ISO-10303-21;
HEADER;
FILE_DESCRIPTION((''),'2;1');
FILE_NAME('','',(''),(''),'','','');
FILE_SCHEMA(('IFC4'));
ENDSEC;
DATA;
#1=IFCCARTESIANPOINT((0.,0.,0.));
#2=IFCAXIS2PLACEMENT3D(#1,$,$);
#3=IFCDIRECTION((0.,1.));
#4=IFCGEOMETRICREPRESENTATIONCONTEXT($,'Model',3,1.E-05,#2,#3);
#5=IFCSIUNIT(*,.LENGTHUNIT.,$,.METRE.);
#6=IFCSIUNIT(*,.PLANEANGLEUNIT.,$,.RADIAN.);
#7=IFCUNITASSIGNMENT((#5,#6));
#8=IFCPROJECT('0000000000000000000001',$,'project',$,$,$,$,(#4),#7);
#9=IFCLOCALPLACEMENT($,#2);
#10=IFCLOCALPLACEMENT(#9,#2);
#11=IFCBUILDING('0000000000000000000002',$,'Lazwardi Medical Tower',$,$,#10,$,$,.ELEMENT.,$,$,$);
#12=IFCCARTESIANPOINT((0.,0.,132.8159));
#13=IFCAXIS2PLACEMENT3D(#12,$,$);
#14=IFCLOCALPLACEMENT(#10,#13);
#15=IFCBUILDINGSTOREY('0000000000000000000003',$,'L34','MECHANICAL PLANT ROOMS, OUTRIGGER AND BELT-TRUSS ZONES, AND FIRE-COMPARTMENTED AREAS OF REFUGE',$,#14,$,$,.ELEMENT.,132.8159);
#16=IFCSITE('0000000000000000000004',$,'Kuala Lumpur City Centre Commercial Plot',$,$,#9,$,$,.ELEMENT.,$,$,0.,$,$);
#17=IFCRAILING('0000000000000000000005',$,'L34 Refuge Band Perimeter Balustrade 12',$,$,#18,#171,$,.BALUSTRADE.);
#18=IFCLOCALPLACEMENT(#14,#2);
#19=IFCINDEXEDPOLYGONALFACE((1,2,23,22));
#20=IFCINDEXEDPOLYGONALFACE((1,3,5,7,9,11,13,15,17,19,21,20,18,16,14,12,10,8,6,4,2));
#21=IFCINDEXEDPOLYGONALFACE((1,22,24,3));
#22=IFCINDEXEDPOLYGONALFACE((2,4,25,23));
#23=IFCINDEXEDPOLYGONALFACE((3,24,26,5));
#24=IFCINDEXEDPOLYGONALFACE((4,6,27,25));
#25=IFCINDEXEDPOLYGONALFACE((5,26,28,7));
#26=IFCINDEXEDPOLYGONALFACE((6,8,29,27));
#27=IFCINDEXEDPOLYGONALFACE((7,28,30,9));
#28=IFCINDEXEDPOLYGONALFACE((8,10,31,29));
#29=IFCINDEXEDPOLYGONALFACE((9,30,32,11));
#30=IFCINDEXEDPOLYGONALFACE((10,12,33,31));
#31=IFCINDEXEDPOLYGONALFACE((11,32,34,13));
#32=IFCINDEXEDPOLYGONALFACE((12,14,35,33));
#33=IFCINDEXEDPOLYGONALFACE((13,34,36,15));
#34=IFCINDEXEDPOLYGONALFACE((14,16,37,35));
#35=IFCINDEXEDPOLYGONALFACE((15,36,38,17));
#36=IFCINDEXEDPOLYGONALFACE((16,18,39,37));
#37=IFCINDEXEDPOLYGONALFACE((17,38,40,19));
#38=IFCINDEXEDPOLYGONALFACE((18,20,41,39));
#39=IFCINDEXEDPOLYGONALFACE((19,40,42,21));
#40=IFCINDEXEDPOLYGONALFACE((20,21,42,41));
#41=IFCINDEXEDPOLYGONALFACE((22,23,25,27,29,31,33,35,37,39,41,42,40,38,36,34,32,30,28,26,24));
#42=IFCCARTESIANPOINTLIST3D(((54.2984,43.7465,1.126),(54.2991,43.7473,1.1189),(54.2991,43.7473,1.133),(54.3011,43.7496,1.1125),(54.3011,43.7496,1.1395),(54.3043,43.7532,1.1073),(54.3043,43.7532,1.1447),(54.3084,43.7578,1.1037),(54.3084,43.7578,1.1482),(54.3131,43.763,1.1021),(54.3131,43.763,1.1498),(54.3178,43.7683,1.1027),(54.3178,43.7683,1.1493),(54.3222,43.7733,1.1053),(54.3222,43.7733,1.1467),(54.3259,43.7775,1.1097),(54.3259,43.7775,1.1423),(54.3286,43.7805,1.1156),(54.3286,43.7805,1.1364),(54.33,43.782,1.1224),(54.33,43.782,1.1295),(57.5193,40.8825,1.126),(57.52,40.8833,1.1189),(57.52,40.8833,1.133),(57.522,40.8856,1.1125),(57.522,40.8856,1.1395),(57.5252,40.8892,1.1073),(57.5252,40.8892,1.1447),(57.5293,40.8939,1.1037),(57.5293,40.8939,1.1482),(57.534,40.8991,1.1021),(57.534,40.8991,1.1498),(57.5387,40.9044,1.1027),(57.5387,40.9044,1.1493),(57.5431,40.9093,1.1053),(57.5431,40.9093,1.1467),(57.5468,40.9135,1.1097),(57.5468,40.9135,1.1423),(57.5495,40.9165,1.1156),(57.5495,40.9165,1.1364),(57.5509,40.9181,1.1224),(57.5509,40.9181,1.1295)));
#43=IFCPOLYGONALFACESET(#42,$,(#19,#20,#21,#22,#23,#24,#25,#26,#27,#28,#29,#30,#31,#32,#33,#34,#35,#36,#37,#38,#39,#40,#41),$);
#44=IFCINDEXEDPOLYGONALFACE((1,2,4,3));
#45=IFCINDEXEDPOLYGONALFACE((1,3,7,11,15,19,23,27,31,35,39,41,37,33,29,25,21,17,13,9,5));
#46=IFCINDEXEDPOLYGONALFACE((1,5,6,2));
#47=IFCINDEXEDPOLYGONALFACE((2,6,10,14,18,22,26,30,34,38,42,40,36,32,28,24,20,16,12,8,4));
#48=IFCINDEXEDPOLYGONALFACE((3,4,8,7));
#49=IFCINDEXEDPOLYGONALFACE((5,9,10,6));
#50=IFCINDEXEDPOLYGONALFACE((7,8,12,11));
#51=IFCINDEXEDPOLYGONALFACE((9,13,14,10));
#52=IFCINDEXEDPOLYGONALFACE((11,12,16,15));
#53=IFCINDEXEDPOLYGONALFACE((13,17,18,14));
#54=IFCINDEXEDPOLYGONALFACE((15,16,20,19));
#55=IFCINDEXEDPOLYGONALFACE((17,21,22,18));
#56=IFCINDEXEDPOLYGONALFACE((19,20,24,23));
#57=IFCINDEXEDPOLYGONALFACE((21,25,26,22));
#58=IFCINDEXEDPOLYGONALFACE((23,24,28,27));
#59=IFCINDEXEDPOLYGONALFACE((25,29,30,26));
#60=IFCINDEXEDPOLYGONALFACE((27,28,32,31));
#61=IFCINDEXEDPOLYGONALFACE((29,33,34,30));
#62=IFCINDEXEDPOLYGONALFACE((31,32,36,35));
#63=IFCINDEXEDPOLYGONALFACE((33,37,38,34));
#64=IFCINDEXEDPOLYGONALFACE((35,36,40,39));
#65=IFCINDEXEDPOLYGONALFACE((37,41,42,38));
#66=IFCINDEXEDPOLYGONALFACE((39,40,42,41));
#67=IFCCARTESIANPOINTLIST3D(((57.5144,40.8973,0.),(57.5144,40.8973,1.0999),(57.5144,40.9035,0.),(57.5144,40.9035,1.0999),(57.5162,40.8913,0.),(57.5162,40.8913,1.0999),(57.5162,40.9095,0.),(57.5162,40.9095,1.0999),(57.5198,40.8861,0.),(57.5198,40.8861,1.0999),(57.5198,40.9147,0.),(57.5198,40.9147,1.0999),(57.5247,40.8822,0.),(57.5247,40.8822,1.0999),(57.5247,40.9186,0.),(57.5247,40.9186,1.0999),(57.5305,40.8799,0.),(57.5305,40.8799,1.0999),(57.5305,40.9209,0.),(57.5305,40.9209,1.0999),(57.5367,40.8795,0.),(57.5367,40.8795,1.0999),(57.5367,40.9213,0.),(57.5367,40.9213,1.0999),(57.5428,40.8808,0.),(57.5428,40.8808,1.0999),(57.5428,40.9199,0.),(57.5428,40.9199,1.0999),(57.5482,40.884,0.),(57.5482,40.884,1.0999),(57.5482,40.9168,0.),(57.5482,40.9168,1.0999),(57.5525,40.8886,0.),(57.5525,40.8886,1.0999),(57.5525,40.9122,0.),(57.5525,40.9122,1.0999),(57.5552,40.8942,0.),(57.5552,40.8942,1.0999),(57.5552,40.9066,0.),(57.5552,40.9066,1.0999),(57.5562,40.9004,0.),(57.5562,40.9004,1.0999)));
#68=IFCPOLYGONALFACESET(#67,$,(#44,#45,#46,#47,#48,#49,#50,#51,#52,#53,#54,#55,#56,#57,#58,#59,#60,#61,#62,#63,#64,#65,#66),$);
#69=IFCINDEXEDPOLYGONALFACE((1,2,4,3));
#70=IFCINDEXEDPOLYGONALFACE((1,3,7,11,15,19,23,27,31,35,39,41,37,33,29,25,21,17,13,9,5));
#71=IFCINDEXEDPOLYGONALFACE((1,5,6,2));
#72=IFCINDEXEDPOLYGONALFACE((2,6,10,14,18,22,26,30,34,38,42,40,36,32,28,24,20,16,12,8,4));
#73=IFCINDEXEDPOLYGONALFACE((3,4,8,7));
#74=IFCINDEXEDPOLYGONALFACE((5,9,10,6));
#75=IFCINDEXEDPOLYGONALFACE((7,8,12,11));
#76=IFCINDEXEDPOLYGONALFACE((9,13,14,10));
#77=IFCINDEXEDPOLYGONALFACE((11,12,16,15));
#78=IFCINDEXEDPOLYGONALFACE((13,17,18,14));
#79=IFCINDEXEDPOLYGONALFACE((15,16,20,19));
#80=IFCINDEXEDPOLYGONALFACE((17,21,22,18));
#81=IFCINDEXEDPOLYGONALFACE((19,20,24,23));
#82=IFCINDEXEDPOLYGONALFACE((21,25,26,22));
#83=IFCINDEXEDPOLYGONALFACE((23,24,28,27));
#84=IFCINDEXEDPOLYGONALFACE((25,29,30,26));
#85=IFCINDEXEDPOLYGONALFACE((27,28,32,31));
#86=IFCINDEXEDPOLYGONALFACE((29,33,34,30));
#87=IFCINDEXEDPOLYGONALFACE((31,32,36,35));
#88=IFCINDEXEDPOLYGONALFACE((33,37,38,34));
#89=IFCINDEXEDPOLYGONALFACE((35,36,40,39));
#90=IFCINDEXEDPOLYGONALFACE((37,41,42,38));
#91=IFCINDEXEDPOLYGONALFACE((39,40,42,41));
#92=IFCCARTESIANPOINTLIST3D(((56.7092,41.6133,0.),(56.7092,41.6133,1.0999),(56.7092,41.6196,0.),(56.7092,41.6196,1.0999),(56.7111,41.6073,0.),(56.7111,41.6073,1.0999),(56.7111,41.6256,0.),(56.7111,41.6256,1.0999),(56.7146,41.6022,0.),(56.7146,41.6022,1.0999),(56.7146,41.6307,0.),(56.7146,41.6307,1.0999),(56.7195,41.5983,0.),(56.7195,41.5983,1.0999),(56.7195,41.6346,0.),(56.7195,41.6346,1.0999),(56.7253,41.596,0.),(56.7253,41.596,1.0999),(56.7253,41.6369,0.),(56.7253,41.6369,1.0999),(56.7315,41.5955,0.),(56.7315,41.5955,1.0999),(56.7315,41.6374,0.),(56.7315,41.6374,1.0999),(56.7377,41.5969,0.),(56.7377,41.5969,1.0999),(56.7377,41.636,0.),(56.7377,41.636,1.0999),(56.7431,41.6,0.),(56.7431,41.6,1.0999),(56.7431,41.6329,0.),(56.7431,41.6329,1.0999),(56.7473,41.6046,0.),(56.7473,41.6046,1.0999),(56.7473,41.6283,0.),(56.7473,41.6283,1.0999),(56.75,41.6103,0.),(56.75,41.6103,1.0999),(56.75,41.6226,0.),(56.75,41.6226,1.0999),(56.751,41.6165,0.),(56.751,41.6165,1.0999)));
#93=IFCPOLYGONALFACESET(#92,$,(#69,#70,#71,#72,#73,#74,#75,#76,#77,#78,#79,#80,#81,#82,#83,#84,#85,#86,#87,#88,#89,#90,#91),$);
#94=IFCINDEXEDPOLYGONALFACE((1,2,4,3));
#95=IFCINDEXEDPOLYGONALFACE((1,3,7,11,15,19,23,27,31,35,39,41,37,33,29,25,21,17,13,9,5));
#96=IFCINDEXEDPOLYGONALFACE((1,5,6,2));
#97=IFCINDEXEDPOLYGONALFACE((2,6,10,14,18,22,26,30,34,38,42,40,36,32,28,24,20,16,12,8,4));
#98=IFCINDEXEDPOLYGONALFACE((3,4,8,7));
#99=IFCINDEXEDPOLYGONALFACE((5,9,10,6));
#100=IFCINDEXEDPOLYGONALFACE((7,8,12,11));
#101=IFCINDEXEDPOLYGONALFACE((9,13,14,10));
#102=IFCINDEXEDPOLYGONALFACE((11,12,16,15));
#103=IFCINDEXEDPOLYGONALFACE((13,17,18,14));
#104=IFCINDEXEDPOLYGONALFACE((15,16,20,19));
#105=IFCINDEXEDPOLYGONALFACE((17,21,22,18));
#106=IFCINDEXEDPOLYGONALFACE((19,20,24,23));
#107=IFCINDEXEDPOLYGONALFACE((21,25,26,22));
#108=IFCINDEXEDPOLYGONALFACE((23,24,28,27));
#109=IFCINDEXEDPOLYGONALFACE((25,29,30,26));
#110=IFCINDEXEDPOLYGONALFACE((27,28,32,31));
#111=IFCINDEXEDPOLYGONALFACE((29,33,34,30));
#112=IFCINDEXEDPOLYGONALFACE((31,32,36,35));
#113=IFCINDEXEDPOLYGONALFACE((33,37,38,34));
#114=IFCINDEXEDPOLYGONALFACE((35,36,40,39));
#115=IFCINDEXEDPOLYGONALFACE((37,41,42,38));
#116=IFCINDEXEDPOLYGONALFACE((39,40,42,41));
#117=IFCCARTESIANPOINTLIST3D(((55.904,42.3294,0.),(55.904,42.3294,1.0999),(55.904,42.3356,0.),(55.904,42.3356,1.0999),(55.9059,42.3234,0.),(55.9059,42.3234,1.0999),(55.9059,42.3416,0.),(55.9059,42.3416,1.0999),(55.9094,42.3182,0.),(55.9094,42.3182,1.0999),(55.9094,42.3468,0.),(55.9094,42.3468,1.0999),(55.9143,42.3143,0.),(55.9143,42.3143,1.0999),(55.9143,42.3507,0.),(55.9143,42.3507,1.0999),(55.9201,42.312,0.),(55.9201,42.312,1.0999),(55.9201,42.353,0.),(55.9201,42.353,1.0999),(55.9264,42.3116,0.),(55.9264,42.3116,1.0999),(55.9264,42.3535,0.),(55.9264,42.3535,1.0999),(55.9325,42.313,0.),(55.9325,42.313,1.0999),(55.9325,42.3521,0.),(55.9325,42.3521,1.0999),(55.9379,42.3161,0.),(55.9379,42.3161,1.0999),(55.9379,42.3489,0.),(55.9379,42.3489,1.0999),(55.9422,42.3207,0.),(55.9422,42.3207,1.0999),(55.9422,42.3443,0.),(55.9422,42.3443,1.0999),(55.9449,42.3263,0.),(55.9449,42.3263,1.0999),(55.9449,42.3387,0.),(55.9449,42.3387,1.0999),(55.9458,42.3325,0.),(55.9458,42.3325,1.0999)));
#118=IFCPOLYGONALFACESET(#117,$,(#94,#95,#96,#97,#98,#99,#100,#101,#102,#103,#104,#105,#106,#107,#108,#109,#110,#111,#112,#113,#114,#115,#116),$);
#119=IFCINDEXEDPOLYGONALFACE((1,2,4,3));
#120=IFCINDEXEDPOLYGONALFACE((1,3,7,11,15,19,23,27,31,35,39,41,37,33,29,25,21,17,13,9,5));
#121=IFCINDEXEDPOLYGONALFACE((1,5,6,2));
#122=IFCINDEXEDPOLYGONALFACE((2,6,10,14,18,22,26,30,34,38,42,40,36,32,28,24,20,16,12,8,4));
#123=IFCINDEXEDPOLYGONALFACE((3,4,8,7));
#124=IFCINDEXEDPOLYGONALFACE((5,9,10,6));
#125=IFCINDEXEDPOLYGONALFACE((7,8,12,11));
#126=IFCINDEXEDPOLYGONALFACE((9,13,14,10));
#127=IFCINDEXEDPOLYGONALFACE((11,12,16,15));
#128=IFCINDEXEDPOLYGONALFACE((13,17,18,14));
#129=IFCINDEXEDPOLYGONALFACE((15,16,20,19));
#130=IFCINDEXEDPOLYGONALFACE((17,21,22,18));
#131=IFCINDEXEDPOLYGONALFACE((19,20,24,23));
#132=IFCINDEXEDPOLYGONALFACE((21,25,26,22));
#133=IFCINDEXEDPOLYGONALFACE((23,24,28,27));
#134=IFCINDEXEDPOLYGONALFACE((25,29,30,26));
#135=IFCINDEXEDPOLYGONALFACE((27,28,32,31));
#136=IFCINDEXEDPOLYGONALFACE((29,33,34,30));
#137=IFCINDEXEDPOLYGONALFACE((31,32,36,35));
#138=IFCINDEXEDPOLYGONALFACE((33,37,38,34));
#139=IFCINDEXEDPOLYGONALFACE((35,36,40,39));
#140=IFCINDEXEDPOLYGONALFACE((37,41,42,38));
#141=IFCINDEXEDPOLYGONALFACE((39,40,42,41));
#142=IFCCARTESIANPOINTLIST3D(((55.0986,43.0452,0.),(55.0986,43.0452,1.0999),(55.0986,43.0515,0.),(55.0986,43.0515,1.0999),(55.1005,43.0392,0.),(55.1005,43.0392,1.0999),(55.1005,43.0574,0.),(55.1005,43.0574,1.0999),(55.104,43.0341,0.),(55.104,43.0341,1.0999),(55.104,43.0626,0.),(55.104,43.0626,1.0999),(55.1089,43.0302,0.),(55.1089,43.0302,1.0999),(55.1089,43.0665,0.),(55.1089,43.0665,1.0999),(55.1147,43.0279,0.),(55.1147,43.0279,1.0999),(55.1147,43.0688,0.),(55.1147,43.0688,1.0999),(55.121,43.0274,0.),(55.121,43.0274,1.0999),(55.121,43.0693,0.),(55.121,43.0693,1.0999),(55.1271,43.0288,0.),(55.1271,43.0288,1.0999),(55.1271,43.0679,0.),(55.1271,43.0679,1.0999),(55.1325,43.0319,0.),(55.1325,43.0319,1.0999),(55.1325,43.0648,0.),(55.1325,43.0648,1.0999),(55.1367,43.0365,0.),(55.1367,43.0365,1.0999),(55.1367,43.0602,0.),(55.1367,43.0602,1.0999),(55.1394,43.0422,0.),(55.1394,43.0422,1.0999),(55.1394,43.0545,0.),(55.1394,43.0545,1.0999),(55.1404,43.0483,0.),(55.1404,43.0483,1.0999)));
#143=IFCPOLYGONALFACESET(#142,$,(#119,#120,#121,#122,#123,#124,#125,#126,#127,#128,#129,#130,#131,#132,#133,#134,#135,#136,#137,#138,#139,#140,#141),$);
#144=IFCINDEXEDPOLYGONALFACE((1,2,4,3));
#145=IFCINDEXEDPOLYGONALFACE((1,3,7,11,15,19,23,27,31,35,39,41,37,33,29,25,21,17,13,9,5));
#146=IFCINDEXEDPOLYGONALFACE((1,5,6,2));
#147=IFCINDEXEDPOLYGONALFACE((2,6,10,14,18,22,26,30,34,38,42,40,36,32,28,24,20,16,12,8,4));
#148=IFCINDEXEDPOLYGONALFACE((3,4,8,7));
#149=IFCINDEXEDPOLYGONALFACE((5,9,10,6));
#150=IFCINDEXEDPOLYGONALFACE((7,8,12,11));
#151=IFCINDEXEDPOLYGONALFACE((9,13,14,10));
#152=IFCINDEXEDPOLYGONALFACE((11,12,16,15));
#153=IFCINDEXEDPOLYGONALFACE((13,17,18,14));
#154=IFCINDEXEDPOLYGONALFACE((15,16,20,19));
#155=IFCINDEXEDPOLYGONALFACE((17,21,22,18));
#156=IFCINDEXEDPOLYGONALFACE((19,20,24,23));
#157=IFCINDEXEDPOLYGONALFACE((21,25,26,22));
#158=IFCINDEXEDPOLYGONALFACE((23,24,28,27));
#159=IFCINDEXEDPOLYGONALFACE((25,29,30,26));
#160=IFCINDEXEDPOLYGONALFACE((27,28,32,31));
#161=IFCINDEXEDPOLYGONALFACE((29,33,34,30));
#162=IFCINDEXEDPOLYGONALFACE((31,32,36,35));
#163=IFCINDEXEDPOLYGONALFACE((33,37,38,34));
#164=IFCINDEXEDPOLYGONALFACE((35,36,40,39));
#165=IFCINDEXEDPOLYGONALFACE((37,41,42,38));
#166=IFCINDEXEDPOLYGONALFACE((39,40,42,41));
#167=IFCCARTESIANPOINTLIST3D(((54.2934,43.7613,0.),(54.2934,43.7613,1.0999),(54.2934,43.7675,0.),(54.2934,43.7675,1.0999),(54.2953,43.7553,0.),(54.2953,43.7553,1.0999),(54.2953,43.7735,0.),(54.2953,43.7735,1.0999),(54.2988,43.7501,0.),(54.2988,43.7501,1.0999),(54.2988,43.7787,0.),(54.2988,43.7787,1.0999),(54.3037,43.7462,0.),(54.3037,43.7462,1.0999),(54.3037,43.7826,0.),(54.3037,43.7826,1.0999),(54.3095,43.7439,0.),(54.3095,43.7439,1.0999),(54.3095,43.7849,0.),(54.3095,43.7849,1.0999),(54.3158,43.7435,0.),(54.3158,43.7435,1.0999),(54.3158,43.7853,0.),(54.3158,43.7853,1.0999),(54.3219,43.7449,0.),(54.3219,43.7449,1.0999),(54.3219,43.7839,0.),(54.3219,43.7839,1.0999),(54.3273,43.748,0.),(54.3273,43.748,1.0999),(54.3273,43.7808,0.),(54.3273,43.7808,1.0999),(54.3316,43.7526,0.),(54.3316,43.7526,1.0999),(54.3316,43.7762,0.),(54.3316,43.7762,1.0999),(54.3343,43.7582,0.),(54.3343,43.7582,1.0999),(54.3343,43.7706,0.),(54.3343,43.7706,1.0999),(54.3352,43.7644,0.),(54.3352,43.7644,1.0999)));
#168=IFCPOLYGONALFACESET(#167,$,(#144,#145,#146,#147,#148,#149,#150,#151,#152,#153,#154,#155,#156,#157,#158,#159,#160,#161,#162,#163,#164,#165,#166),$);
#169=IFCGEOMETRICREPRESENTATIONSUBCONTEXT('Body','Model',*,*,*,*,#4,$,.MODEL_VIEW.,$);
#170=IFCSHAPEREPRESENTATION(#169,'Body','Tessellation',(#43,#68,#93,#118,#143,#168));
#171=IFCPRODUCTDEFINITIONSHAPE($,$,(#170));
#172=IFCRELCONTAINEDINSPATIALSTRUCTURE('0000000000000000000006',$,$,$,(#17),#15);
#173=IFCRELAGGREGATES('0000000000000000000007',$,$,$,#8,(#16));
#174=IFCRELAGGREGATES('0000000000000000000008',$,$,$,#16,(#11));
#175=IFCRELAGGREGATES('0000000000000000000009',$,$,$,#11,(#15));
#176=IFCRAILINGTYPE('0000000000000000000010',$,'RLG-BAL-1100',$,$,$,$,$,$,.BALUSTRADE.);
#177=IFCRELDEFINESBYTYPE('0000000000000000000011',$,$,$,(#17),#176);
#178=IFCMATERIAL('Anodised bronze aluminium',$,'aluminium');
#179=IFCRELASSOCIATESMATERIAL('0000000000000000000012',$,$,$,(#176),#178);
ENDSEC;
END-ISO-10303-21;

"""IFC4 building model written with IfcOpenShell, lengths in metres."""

from ifc_helpers import new_model, si_unit, direction, frame, origin, origin_2d, place, context, subcontext, project, spatial, circle, extrude, material, type_object, element, save


model = new_model("IFC4")

# Units and contexts
model_context = context("Model", 3, precision=1e-05, world=origin(), true_north=direction((0.0, 1.0)))
body_context = subcontext(model_context, "Body", "Model", "MODEL_VIEW")
ifc_project = project(units=[si_unit("LENGTHUNIT", "METRE"), si_unit("PLANEANGLEUNIT", "RADIAN")], contexts=[model_context])

# Site, building, storey
site_placement = place(None, origin())
site = spatial("IfcSite", under=ifc_project, at=site_placement, Name="Kuala Lumpur City Centre Commercial Plot", CompositionType="ELEMENT", RefElevation=0.0)
building_placement = place(site_placement, origin())
building = spatial("IfcBuilding", under=site, at=building_placement, Name="Lazwardi Medical Tower", CompositionType="ELEMENT")
storey_placement = place(building_placement, frame((0.0, 0.0, 132.8159)))
storey = spatial("IfcBuildingStorey", under=building, at=storey_placement, Name="L34", Description="MECHANICAL PLANT ROOMS, OUTRIGGER AND BELT-TRUSS ZONES, AND FIRE-COMPARTMENTED AREAS OF REFUGE", CompositionType="ELEMENT", Elevation=132.8159)

# Railing
ifc_material_1 = material(Name="Anodised bronze aluminium", Category="aluminium")
railing_type = type_object("IfcRailingType", Name="RLG-BAL-1100", PredefinedType="BALUSTRADE", material=ifc_material_1)
railing_1_placement = place(storey_placement, frame((57.5352, 40.9004, 0.0)))
element("IfcRailing", 1, at=railing_1_placement, inside=storey, type_object=railing_type, Name="L34 Refuge Band Perimeter Balustrade 12", PredefinedType="BALUSTRADE", context=body_context, shape_type="SweptSolid", body=[
    extrude(circle(Radius=0.0239, at=origin_2d()), frame((0.0, 0.0, 1.126), z_axis=(-0.7473, 0.664487, 0.0), x_axis=(-0.664487, -0.7473, 0.0)), (0.0, 0.0, 1.0), 4.3101),
    extrude(circle(Radius=0.021, at=origin_2d()), origin(), (0.0, 0.0, 1.0), 1.0999),
    extrude(circle(Radius=0.021, at=origin_2d()), frame((-0.8052, 0.7161, 0.0)), (0.0, 0.0, 1.0), 1.0999),
    extrude(circle(Radius=0.021, at=origin_2d()), frame((-1.6104, 1.4321, 0.0)), (0.0, 0.0, 1.0), 1.0999),
    extrude(circle(Radius=0.021, at=origin_2d()), frame((-2.4158, 2.1479, 0.0)), (0.0, 0.0, 1.0), 1.0999),
    extrude(circle(Radius=0.021, at=origin_2d()), frame((-3.2209, 2.864, 0.0)), (0.0, 0.0, 1.0), 1.0999),
])

save(model, "model.ifc")
